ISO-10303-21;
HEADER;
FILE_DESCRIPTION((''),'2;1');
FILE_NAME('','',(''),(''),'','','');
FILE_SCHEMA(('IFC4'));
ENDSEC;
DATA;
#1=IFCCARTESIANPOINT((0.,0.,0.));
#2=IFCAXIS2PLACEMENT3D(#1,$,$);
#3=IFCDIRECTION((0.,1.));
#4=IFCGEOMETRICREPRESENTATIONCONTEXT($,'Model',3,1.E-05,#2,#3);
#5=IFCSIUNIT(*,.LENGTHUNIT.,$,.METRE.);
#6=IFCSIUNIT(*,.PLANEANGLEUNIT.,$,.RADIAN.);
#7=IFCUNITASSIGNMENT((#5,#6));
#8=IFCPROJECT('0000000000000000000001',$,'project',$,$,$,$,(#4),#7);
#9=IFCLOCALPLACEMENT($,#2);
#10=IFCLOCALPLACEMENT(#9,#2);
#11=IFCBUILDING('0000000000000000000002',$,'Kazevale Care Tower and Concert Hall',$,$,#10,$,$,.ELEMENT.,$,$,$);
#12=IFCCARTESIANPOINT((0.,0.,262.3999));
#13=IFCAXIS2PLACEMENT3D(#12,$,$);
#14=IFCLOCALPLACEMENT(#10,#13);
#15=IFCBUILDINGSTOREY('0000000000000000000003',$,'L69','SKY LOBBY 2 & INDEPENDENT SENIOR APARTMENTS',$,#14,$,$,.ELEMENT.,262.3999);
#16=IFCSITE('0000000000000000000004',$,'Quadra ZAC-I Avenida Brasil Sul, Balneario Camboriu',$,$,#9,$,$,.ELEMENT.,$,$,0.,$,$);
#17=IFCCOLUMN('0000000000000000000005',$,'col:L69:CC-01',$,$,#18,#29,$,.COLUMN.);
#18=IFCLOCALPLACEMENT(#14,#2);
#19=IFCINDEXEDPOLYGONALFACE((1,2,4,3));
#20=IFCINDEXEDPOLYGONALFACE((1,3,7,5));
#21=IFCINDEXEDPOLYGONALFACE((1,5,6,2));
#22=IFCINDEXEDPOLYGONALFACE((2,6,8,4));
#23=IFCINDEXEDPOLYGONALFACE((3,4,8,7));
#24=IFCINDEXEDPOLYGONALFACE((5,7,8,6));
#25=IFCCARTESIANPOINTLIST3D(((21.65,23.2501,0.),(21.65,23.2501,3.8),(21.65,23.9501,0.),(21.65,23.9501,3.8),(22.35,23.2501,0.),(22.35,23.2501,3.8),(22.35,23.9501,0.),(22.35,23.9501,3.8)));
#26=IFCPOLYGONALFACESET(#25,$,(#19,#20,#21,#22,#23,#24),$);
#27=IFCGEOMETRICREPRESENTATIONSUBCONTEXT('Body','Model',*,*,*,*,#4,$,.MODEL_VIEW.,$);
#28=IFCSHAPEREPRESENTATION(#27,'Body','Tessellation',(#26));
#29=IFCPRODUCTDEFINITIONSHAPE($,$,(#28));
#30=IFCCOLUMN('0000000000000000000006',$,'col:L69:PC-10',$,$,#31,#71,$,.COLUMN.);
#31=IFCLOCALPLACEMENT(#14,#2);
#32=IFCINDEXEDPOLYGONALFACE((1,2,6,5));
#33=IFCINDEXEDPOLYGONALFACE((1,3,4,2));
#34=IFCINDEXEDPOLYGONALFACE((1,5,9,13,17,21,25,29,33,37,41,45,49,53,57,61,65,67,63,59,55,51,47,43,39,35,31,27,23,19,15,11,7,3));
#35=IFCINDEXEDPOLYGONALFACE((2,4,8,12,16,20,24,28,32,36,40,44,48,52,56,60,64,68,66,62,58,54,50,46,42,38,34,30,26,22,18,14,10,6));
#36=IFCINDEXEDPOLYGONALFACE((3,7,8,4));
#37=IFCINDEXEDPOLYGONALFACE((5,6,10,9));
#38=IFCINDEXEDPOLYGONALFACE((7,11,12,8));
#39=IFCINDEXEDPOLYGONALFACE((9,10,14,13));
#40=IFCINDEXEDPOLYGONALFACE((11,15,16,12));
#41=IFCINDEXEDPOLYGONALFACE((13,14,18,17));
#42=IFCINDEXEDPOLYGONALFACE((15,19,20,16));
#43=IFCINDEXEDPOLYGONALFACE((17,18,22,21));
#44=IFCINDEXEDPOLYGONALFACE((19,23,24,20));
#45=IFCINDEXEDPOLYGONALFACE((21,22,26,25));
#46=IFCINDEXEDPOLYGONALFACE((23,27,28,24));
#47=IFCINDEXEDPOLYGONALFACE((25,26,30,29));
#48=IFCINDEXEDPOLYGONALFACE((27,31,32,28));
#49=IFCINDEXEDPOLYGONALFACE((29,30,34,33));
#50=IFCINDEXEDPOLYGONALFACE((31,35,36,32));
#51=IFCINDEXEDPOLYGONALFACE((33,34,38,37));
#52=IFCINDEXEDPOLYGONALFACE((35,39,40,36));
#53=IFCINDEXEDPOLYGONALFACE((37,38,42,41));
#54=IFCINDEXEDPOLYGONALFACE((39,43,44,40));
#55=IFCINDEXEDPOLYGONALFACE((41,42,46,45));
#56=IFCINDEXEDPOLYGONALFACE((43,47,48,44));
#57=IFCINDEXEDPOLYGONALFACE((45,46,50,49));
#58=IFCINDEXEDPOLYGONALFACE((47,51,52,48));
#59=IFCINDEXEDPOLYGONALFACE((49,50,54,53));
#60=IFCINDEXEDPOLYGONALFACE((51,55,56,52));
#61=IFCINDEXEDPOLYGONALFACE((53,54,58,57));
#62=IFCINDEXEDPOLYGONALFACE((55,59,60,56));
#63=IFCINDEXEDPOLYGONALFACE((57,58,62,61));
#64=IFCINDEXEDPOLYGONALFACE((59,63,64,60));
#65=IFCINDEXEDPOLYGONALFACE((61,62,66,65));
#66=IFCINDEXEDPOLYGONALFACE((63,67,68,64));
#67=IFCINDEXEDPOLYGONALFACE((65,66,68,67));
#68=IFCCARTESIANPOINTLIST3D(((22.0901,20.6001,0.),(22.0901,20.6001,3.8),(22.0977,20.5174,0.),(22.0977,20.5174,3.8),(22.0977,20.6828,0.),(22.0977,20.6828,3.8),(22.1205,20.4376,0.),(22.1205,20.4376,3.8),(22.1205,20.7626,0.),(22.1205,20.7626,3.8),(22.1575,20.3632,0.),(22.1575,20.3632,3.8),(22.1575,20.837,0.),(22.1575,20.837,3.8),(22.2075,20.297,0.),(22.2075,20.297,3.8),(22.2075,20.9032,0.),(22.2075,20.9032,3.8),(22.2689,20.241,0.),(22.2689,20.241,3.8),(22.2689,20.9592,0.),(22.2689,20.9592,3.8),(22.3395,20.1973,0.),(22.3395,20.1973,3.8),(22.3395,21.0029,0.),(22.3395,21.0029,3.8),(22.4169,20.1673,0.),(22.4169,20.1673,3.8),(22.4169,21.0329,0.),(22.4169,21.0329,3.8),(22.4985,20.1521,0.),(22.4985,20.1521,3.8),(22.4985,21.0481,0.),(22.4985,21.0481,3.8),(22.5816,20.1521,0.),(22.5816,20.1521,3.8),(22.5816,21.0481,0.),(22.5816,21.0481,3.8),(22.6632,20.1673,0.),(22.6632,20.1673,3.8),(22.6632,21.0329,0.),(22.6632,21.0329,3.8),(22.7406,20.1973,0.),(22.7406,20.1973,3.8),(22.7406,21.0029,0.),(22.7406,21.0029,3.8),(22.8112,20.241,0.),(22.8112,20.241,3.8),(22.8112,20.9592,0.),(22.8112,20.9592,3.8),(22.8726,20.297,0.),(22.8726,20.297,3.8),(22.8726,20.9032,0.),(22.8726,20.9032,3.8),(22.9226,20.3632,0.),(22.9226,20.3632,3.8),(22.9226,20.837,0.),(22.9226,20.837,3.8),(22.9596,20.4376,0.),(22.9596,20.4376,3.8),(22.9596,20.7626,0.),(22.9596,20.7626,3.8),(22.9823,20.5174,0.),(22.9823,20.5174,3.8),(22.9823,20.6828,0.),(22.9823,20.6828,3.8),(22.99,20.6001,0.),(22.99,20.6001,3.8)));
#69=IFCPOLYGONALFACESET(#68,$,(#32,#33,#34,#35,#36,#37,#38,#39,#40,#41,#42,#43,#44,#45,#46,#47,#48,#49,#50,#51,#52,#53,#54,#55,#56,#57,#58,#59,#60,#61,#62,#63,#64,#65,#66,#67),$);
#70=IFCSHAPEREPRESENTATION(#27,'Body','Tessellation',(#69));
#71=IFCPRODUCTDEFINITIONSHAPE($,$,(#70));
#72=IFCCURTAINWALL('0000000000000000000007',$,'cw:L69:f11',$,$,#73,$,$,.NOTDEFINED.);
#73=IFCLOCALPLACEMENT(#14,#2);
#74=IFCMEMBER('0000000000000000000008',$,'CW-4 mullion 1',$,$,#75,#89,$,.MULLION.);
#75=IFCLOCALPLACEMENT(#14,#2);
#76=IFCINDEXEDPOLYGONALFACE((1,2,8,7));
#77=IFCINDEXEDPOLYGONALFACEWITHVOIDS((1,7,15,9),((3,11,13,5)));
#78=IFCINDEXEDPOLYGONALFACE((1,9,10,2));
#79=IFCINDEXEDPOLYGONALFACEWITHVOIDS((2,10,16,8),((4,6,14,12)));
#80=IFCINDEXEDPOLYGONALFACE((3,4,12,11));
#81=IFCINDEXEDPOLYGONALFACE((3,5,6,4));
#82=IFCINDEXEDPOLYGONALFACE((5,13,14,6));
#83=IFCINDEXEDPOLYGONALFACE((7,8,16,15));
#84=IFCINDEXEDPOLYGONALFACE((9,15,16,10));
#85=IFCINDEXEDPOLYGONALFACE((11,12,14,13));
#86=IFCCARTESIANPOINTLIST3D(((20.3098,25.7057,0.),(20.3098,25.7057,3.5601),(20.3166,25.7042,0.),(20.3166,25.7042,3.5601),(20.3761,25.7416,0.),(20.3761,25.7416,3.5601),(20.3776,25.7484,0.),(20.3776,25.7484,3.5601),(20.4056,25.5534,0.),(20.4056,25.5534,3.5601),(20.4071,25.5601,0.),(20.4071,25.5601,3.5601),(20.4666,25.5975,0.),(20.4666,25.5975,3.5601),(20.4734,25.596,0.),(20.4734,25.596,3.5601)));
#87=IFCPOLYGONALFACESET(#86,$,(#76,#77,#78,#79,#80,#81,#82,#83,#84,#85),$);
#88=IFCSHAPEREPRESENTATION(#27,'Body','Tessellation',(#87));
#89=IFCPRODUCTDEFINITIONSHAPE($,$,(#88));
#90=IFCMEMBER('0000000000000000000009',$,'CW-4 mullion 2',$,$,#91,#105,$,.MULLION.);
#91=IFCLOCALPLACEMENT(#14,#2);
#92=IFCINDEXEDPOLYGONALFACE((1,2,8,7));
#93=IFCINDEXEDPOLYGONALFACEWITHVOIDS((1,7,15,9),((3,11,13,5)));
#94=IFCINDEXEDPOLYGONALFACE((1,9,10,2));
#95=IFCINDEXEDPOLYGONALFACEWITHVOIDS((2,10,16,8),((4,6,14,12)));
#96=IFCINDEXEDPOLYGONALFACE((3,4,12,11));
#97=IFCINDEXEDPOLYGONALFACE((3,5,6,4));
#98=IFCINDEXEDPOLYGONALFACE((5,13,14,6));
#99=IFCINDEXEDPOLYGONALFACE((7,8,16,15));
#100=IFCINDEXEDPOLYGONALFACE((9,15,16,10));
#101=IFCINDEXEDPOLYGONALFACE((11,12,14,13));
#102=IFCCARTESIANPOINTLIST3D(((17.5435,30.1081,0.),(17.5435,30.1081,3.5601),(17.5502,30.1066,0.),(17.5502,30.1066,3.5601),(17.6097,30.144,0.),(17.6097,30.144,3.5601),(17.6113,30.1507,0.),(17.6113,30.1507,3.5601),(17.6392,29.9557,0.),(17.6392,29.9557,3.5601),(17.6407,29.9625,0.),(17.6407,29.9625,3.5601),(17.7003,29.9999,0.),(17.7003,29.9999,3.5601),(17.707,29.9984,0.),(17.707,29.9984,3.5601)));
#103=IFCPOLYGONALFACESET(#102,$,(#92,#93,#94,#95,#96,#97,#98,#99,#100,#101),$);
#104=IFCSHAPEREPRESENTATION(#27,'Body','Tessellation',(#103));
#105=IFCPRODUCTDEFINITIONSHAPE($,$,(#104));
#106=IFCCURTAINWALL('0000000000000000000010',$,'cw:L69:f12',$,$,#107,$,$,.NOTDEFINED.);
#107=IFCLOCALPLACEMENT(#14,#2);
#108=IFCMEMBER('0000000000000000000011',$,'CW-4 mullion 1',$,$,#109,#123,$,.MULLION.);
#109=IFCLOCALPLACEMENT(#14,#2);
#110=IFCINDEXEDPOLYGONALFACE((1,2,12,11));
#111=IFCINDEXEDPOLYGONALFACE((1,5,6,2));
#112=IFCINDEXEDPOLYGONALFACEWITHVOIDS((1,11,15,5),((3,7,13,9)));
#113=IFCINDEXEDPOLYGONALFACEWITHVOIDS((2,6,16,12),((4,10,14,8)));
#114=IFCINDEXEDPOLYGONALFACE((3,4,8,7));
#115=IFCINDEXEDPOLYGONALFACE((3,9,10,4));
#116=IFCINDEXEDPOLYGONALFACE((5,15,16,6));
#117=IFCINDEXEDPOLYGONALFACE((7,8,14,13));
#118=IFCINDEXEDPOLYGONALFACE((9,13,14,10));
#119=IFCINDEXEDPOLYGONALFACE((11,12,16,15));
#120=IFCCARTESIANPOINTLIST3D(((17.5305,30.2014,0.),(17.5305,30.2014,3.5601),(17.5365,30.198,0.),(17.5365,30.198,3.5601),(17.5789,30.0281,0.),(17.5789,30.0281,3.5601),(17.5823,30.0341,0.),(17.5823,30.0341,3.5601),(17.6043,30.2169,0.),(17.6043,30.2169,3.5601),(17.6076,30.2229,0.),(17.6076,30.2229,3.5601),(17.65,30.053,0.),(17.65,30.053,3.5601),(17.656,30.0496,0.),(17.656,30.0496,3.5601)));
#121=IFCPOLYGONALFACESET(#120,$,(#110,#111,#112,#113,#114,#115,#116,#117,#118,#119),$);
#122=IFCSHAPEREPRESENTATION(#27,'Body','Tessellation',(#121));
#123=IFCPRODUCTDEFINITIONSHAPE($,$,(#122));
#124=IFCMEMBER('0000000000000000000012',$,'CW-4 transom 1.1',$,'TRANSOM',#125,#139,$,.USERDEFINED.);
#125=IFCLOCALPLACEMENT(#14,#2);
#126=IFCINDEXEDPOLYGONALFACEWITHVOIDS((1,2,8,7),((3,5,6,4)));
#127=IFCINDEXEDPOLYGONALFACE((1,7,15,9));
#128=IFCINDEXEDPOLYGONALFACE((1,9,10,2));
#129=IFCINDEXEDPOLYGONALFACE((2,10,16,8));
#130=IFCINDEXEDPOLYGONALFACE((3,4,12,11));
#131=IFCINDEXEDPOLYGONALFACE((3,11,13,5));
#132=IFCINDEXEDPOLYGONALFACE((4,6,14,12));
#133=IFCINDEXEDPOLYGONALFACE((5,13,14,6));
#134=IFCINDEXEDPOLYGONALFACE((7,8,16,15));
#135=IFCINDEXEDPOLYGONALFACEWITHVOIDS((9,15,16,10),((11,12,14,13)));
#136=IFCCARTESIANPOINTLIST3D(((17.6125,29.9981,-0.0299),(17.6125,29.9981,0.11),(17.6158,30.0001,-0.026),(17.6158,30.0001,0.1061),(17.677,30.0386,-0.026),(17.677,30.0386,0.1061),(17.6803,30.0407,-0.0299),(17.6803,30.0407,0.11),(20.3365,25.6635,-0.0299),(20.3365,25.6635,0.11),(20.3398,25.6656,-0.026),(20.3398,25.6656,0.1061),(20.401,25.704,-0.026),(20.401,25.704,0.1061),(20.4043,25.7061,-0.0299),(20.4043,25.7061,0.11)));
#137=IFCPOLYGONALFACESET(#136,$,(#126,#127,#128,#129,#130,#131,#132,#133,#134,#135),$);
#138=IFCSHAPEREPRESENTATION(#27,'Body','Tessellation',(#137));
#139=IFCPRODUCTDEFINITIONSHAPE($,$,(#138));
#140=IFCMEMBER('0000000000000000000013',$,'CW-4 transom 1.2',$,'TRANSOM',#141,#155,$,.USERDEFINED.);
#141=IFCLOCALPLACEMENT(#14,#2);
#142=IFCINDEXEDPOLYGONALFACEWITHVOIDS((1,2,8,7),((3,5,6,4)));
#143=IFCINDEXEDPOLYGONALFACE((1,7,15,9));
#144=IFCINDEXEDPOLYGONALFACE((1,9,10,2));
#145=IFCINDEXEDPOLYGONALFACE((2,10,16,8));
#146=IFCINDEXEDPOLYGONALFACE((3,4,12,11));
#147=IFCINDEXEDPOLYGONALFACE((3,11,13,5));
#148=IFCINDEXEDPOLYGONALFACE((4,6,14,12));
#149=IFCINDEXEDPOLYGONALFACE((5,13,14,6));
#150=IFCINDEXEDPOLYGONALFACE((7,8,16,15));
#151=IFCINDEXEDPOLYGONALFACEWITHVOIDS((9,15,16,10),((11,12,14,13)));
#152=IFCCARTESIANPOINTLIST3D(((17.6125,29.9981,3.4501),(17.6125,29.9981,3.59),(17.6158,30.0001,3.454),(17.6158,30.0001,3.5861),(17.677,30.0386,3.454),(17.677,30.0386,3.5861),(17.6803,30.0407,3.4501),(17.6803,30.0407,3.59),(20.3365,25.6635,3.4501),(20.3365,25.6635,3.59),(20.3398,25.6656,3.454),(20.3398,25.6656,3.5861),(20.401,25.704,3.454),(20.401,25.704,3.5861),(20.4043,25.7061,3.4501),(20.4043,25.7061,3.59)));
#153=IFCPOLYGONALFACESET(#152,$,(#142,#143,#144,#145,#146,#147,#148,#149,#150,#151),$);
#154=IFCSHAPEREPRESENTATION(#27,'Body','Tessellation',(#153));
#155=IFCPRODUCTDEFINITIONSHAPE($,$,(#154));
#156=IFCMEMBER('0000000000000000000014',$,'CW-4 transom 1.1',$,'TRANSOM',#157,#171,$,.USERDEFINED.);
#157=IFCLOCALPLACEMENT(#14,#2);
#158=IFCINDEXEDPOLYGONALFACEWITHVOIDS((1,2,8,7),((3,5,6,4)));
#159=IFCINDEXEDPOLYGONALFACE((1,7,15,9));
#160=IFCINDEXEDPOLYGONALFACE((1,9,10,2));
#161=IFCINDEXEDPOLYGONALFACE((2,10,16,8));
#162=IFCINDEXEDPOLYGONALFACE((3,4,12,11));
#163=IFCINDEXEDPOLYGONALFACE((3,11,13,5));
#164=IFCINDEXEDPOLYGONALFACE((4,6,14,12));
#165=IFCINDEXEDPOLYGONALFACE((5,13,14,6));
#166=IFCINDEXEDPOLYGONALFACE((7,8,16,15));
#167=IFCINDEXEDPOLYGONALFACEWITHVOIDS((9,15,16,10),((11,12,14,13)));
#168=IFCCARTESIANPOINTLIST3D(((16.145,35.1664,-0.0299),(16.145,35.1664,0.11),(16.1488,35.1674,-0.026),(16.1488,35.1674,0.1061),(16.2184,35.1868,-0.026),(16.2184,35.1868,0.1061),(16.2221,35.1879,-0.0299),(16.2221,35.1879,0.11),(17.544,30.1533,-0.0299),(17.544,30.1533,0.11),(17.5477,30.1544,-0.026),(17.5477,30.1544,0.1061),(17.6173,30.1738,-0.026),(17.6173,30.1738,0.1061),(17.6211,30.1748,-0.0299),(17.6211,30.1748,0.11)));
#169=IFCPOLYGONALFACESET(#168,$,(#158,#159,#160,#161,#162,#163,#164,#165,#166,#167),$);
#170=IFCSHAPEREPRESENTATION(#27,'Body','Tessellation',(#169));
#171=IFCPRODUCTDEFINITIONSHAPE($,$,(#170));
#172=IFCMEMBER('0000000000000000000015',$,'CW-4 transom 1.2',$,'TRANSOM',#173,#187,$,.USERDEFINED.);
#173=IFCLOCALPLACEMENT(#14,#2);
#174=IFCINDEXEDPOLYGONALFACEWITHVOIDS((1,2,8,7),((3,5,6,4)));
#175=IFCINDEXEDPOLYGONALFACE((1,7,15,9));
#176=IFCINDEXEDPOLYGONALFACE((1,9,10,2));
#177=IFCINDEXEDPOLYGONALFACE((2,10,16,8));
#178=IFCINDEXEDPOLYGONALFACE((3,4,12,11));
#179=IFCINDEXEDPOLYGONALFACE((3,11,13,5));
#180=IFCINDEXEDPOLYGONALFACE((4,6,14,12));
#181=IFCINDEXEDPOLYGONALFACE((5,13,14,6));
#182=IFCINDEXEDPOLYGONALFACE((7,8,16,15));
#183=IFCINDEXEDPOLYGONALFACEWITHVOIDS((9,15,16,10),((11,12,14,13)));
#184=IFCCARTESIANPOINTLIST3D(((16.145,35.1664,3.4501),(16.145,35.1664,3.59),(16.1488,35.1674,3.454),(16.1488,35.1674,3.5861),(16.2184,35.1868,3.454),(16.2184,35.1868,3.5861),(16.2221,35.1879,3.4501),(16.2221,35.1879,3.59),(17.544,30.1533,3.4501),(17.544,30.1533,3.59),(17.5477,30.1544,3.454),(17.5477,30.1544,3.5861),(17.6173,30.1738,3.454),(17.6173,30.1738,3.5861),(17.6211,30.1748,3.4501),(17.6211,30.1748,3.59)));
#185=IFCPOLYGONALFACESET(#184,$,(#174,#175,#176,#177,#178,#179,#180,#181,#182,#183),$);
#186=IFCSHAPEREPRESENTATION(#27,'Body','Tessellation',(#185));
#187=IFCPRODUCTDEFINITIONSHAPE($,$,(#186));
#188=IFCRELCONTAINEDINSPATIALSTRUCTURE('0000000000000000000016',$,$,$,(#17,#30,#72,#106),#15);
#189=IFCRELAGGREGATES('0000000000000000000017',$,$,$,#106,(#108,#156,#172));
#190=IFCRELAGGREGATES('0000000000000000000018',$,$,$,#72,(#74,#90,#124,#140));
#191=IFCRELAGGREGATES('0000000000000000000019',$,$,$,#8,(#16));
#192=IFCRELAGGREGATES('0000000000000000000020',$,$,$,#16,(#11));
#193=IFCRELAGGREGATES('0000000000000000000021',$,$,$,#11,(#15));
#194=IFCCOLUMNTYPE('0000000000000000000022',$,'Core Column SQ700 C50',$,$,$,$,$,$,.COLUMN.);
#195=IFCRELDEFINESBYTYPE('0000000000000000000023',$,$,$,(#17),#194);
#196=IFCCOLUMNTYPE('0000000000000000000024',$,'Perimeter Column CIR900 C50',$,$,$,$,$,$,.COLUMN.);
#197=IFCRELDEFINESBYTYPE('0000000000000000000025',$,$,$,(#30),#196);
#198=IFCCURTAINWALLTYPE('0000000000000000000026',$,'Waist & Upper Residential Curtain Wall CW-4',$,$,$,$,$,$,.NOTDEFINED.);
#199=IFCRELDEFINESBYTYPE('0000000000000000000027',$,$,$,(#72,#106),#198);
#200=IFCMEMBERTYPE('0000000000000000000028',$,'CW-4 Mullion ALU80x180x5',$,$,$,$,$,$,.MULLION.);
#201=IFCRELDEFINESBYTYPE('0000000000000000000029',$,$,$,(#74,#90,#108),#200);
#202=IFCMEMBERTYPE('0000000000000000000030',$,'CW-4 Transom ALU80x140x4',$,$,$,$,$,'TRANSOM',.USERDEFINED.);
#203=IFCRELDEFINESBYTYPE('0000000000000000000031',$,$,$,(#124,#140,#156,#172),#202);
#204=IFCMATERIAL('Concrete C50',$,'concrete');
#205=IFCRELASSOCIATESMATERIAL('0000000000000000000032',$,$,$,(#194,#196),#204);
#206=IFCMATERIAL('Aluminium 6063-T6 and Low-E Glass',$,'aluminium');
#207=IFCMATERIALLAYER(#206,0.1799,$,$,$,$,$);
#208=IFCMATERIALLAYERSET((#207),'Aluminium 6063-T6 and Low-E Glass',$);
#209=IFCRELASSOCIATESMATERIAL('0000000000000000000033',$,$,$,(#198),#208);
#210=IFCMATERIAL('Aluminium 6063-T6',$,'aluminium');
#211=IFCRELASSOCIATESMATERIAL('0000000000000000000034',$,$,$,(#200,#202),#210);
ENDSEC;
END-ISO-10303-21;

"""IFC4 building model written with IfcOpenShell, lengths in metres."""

from ifc_helpers import new_model, si_unit, direction, frame, origin, origin_2d, place, context, subcontext, project, spatial, rectangle, hollow_rectangle, circle, extrude, material, layer, layer_set, material_profile, profile_set, type_object, element, aggregate, save


model = new_model("IFC4")

# Units and contexts
model_context = context("Model", 3, precision=1e-05, world=origin(), true_north=direction((0.0, 1.0)))
body_context = subcontext(model_context, "Body", "Model", "MODEL_VIEW")
ifc_project = project(units=[si_unit("LENGTHUNIT", "METRE"), si_unit("PLANEANGLEUNIT", "RADIAN")], contexts=[model_context])

# Site, building, storey
site_placement = place(None, origin())
site = spatial("IfcSite", under=ifc_project, at=site_placement, Name="Quadra ZAC-I Avenida Brasil Sul, Balneario Camboriu", CompositionType="ELEMENT", RefElevation=0.0)
building_placement = place(site_placement, origin())
building = spatial("IfcBuilding", under=site, at=building_placement, Name="Kazevale Care Tower and Concert Hall", CompositionType="ELEMENT")
storey_placement = place(building_placement, frame((0.0, 0.0, 262.3999)))
storey = spatial("IfcBuildingStorey", under=building, at=storey_placement, Name="L69", Description="SKY LOBBY 2 & INDEPENDENT SENIOR APARTMENTS", CompositionType="ELEMENT", Elevation=262.3999)

# Columns
ifc_material_1 = material(Name="Concrete C50", Category="concrete")
ifc_material_profile_1 = material_profile(ifc_material_1, rectangle(XDim=0.7, YDim=0.7, at=origin_2d()), Name="RC-SQ700")
ifc_profile_set_1 = profile_set([ifc_material_profile_1], Name="Concrete C50")
column_type_1 = type_object("IfcColumnType", Name="Core Column SQ700 C50", PredefinedType="COLUMN", material=ifc_profile_set_1)
column_1_placement = place(storey_placement, frame((22.0, 23.6001, 0.0), z_axis=(0.0, 0.0, 1.0), x_axis=(1.0, 0.0, 0.0)))
element("IfcColumn", 1, at=column_1_placement, inside=storey, type_object=column_type_1, Name="col:L69:CC-01", PredefinedType="COLUMN", context=body_context, shape_type="SweptSolid", body=[
    extrude(rectangle(XDim=0.7, YDim=0.7, at=origin_2d()), origin(), (0.0, 0.0, 1.0), 3.8),
])
ifc_material_profile_2 = material_profile(ifc_material_1, circle(Radius=0.45, at=origin_2d()), Name="RC-CIR900")
ifc_profile_set_2 = profile_set([ifc_material_profile_2], Name="Concrete C50")
column_type_2 = type_object("IfcColumnType", Name="Perimeter Column CIR900 C50", PredefinedType="COLUMN", material=ifc_profile_set_2)
column_2_placement = place(storey_placement, frame((22.54, 20.6001, 0.0), z_axis=(0.0, 0.0, 1.0), x_axis=(1.0, 0.0, 0.0)))
element("IfcColumn", 2, at=column_2_placement, inside=storey, type_object=column_type_2, Name="col:L69:PC-10", PredefinedType="COLUMN", context=body_context, shape_type="SweptSolid", body=[
    extrude(circle(Radius=0.45, at=origin_2d()), origin(), (0.0, 0.0, 1.0), 3.8),
])

# Curtain wall, members
ifc_material_2 = material(Name="Aluminium 6063-T6 and Low-E Glass", Category="aluminium")
ifc_layer_1 = layer(ifc_material_2, 0.1799)
ifc_layer_set_1 = layer_set([ifc_layer_1], Name="Aluminium 6063-T6 and Low-E Glass")
curtain_wall_type_1 = type_object("IfcCurtainWallType", Name="Waist & Upper Residential Curtain Wall CW-4", PredefinedType="NOTDEFINED", material=ifc_layer_set_1)
curtain_wall_1_placement = place(storey_placement, origin())
curtain_wall_1 = element("IfcCurtainWall", 3, at=curtain_wall_1_placement, inside=storey, type_object=curtain_wall_type_1, Name="cw:L69:f11", PredefinedType="NOTDEFINED")
ifc_material_3 = material(Name="Aluminium 6063-T6", Category="aluminium")
ifc_material_profile_3 = material_profile(ifc_material_3, hollow_rectangle(XDim=0.0801, YDim=0.1799, WallThickness=0.0049, at=origin_2d()), Name="ALU80x180x5")
ifc_profile_set_3 = profile_set([ifc_material_profile_3], Name="Aluminium 6063-T6")
member_type_1 = type_object("IfcMemberType", Name="CW-4 Mullion ALU80x180x5", PredefinedType="MULLION", material=ifc_profile_set_3)
member_1_placement = place(storey_placement, frame((20.3916, 25.6509, 0.0), z_axis=(0.0, 0.0, 1.0), x_axis=(-0.846698, -0.532075, 0.0)))
member_1 = element("IfcMember", 4, at=member_1_placement, type_object=member_type_1, Name="CW-4 mullion 1", PredefinedType="MULLION", context=body_context, shape_type="SweptSolid", body=[
    extrude(hollow_rectangle(XDim=0.0801, YDim=0.1799, WallThickness=0.0049, at=origin_2d()), origin(), (0.0, 0.0, 1.0), 3.5601),
])
member_2_placement = place(storey_placement, frame((17.6252, 30.0532, 0.0), z_axis=(0.0, 0.0, 1.0), x_axis=(-0.846698, -0.532075, 0.0)))
member_2 = element("IfcMember", 5, at=member_2_placement, type_object=member_type_1, Name="CW-4 mullion 2", PredefinedType="MULLION", context=body_context, shape_type="SweptSolid", body=[
    extrude(hollow_rectangle(XDim=0.0801, YDim=0.1799, WallThickness=0.0049, at=origin_2d()), origin(), (0.0, 0.0, 1.0), 3.5601),
])

# Curtain wall, member
curtain_wall_2_placement = place(storey_placement, origin())
curtain_wall_2 = element("IfcCurtainWall", 6, at=curtain_wall_2_placement, inside=storey, type_object=curtain_wall_type_1, Name="cw:L69:f12", PredefinedType="NOTDEFINED")
member_3_placement = place(storey_placement, frame((17.5933, 30.1255, 0.0), z_axis=(0.0, 0.0, 1.0), x_axis=(-0.963194, -0.268807, 0.0)))
member_3 = element("IfcMember", 7, at=member_3_placement, type_object=member_type_1, Name="CW-4 mullion 1", PredefinedType="MULLION", context=body_context, shape_type="SweptSolid", body=[
    extrude(hollow_rectangle(XDim=0.0801, YDim=0.1799, WallThickness=0.0049, at=origin_2d()), origin(), (0.0, 0.0, 1.0), 3.5601),
])

# Members
ifc_material_profile_4 = material_profile(ifc_material_3, hollow_rectangle(XDim=0.0801, YDim=0.1399, WallThickness=0.0039, at=origin_2d()), Name="ALU80x140x4")
ifc_profile_set_4 = profile_set([ifc_material_profile_4], Name="Aluminium 6063-T6")
member_type_2 = type_object("IfcMemberType", Name="CW-4 Transom ALU80x140x4", ElementType="TRANSOM", PredefinedType="USERDEFINED", material=ifc_profile_set_4)
member_4_placement = place(storey_placement, frame((20.3704, 25.6848, 0.04), z_axis=(-0.532081, 0.846694, 0.0), x_axis=(-0.846694, -0.532081, 0.0)))
member_4 = element("IfcMember", 8, at=member_4_placement, type_object=member_type_2, Name="CW-4 transom 1.1", ObjectType="TRANSOM", PredefinedType="USERDEFINED", context=body_context, shape_type="SweptSolid", body=[
    extrude(hollow_rectangle(XDim=0.0801, YDim=0.1399, WallThickness=0.0039, at=origin_2d()), origin(), (0.0, 0.0, 1.0), 5.1194),
])
member_5_placement = place(storey_placement, frame((20.3704, 25.6848, 3.52), z_axis=(-0.532081, 0.846694, 0.0), x_axis=(-0.846694, -0.532081, 0.0)))
member_5 = element("IfcMember", 9, at=member_5_placement, type_object=member_type_2, Name="CW-4 transom 1.2", ObjectType="TRANSOM", PredefinedType="USERDEFINED", context=body_context, shape_type="SweptSolid", body=[
    extrude(hollow_rectangle(XDim=0.0801, YDim=0.1399, WallThickness=0.0039, at=origin_2d()), origin(), (0.0, 0.0, 1.0), 5.1194),
])
member_6_placement = place(storey_placement, frame((17.5825, 30.1641, 0.04), z_axis=(-0.268793, 0.963198, 0.0), x_axis=(-0.963198, -0.268793, 0.0)))
member_6 = element("IfcMember", 10, at=member_6_placement, type_object=member_type_2, Name="CW-4 transom 1.1", ObjectType="TRANSOM", PredefinedType="USERDEFINED", context=body_context, shape_type="SweptSolid", body=[
    extrude(hollow_rectangle(XDim=0.0801, YDim=0.1399, WallThickness=0.0039, at=origin_2d()), origin(), (0.0, 0.0, 1.0), 5.2046),
])
member_7_placement = place(storey_placement, frame((17.5825, 30.1641, 3.52), z_axis=(-0.268793, 0.963198, 0.0), x_axis=(-0.963198, -0.268793, 0.0)))
member_7 = element("IfcMember", 11, at=member_7_placement, type_object=member_type_2, Name="CW-4 transom 1.2", ObjectType="TRANSOM", PredefinedType="USERDEFINED", context=body_context, shape_type="SweptSolid", body=[
    extrude(hollow_rectangle(XDim=0.0801, YDim=0.1399, WallThickness=0.0039, at=origin_2d()), origin(), (0.0, 0.0, 1.0), 5.2046),
])
aggregate(curtain_wall_2, [member_3, member_6, member_7])

aggregate(curtain_wall_1, [member_1, member_2, member_4, member_5])

save(model, "model.ifc")
